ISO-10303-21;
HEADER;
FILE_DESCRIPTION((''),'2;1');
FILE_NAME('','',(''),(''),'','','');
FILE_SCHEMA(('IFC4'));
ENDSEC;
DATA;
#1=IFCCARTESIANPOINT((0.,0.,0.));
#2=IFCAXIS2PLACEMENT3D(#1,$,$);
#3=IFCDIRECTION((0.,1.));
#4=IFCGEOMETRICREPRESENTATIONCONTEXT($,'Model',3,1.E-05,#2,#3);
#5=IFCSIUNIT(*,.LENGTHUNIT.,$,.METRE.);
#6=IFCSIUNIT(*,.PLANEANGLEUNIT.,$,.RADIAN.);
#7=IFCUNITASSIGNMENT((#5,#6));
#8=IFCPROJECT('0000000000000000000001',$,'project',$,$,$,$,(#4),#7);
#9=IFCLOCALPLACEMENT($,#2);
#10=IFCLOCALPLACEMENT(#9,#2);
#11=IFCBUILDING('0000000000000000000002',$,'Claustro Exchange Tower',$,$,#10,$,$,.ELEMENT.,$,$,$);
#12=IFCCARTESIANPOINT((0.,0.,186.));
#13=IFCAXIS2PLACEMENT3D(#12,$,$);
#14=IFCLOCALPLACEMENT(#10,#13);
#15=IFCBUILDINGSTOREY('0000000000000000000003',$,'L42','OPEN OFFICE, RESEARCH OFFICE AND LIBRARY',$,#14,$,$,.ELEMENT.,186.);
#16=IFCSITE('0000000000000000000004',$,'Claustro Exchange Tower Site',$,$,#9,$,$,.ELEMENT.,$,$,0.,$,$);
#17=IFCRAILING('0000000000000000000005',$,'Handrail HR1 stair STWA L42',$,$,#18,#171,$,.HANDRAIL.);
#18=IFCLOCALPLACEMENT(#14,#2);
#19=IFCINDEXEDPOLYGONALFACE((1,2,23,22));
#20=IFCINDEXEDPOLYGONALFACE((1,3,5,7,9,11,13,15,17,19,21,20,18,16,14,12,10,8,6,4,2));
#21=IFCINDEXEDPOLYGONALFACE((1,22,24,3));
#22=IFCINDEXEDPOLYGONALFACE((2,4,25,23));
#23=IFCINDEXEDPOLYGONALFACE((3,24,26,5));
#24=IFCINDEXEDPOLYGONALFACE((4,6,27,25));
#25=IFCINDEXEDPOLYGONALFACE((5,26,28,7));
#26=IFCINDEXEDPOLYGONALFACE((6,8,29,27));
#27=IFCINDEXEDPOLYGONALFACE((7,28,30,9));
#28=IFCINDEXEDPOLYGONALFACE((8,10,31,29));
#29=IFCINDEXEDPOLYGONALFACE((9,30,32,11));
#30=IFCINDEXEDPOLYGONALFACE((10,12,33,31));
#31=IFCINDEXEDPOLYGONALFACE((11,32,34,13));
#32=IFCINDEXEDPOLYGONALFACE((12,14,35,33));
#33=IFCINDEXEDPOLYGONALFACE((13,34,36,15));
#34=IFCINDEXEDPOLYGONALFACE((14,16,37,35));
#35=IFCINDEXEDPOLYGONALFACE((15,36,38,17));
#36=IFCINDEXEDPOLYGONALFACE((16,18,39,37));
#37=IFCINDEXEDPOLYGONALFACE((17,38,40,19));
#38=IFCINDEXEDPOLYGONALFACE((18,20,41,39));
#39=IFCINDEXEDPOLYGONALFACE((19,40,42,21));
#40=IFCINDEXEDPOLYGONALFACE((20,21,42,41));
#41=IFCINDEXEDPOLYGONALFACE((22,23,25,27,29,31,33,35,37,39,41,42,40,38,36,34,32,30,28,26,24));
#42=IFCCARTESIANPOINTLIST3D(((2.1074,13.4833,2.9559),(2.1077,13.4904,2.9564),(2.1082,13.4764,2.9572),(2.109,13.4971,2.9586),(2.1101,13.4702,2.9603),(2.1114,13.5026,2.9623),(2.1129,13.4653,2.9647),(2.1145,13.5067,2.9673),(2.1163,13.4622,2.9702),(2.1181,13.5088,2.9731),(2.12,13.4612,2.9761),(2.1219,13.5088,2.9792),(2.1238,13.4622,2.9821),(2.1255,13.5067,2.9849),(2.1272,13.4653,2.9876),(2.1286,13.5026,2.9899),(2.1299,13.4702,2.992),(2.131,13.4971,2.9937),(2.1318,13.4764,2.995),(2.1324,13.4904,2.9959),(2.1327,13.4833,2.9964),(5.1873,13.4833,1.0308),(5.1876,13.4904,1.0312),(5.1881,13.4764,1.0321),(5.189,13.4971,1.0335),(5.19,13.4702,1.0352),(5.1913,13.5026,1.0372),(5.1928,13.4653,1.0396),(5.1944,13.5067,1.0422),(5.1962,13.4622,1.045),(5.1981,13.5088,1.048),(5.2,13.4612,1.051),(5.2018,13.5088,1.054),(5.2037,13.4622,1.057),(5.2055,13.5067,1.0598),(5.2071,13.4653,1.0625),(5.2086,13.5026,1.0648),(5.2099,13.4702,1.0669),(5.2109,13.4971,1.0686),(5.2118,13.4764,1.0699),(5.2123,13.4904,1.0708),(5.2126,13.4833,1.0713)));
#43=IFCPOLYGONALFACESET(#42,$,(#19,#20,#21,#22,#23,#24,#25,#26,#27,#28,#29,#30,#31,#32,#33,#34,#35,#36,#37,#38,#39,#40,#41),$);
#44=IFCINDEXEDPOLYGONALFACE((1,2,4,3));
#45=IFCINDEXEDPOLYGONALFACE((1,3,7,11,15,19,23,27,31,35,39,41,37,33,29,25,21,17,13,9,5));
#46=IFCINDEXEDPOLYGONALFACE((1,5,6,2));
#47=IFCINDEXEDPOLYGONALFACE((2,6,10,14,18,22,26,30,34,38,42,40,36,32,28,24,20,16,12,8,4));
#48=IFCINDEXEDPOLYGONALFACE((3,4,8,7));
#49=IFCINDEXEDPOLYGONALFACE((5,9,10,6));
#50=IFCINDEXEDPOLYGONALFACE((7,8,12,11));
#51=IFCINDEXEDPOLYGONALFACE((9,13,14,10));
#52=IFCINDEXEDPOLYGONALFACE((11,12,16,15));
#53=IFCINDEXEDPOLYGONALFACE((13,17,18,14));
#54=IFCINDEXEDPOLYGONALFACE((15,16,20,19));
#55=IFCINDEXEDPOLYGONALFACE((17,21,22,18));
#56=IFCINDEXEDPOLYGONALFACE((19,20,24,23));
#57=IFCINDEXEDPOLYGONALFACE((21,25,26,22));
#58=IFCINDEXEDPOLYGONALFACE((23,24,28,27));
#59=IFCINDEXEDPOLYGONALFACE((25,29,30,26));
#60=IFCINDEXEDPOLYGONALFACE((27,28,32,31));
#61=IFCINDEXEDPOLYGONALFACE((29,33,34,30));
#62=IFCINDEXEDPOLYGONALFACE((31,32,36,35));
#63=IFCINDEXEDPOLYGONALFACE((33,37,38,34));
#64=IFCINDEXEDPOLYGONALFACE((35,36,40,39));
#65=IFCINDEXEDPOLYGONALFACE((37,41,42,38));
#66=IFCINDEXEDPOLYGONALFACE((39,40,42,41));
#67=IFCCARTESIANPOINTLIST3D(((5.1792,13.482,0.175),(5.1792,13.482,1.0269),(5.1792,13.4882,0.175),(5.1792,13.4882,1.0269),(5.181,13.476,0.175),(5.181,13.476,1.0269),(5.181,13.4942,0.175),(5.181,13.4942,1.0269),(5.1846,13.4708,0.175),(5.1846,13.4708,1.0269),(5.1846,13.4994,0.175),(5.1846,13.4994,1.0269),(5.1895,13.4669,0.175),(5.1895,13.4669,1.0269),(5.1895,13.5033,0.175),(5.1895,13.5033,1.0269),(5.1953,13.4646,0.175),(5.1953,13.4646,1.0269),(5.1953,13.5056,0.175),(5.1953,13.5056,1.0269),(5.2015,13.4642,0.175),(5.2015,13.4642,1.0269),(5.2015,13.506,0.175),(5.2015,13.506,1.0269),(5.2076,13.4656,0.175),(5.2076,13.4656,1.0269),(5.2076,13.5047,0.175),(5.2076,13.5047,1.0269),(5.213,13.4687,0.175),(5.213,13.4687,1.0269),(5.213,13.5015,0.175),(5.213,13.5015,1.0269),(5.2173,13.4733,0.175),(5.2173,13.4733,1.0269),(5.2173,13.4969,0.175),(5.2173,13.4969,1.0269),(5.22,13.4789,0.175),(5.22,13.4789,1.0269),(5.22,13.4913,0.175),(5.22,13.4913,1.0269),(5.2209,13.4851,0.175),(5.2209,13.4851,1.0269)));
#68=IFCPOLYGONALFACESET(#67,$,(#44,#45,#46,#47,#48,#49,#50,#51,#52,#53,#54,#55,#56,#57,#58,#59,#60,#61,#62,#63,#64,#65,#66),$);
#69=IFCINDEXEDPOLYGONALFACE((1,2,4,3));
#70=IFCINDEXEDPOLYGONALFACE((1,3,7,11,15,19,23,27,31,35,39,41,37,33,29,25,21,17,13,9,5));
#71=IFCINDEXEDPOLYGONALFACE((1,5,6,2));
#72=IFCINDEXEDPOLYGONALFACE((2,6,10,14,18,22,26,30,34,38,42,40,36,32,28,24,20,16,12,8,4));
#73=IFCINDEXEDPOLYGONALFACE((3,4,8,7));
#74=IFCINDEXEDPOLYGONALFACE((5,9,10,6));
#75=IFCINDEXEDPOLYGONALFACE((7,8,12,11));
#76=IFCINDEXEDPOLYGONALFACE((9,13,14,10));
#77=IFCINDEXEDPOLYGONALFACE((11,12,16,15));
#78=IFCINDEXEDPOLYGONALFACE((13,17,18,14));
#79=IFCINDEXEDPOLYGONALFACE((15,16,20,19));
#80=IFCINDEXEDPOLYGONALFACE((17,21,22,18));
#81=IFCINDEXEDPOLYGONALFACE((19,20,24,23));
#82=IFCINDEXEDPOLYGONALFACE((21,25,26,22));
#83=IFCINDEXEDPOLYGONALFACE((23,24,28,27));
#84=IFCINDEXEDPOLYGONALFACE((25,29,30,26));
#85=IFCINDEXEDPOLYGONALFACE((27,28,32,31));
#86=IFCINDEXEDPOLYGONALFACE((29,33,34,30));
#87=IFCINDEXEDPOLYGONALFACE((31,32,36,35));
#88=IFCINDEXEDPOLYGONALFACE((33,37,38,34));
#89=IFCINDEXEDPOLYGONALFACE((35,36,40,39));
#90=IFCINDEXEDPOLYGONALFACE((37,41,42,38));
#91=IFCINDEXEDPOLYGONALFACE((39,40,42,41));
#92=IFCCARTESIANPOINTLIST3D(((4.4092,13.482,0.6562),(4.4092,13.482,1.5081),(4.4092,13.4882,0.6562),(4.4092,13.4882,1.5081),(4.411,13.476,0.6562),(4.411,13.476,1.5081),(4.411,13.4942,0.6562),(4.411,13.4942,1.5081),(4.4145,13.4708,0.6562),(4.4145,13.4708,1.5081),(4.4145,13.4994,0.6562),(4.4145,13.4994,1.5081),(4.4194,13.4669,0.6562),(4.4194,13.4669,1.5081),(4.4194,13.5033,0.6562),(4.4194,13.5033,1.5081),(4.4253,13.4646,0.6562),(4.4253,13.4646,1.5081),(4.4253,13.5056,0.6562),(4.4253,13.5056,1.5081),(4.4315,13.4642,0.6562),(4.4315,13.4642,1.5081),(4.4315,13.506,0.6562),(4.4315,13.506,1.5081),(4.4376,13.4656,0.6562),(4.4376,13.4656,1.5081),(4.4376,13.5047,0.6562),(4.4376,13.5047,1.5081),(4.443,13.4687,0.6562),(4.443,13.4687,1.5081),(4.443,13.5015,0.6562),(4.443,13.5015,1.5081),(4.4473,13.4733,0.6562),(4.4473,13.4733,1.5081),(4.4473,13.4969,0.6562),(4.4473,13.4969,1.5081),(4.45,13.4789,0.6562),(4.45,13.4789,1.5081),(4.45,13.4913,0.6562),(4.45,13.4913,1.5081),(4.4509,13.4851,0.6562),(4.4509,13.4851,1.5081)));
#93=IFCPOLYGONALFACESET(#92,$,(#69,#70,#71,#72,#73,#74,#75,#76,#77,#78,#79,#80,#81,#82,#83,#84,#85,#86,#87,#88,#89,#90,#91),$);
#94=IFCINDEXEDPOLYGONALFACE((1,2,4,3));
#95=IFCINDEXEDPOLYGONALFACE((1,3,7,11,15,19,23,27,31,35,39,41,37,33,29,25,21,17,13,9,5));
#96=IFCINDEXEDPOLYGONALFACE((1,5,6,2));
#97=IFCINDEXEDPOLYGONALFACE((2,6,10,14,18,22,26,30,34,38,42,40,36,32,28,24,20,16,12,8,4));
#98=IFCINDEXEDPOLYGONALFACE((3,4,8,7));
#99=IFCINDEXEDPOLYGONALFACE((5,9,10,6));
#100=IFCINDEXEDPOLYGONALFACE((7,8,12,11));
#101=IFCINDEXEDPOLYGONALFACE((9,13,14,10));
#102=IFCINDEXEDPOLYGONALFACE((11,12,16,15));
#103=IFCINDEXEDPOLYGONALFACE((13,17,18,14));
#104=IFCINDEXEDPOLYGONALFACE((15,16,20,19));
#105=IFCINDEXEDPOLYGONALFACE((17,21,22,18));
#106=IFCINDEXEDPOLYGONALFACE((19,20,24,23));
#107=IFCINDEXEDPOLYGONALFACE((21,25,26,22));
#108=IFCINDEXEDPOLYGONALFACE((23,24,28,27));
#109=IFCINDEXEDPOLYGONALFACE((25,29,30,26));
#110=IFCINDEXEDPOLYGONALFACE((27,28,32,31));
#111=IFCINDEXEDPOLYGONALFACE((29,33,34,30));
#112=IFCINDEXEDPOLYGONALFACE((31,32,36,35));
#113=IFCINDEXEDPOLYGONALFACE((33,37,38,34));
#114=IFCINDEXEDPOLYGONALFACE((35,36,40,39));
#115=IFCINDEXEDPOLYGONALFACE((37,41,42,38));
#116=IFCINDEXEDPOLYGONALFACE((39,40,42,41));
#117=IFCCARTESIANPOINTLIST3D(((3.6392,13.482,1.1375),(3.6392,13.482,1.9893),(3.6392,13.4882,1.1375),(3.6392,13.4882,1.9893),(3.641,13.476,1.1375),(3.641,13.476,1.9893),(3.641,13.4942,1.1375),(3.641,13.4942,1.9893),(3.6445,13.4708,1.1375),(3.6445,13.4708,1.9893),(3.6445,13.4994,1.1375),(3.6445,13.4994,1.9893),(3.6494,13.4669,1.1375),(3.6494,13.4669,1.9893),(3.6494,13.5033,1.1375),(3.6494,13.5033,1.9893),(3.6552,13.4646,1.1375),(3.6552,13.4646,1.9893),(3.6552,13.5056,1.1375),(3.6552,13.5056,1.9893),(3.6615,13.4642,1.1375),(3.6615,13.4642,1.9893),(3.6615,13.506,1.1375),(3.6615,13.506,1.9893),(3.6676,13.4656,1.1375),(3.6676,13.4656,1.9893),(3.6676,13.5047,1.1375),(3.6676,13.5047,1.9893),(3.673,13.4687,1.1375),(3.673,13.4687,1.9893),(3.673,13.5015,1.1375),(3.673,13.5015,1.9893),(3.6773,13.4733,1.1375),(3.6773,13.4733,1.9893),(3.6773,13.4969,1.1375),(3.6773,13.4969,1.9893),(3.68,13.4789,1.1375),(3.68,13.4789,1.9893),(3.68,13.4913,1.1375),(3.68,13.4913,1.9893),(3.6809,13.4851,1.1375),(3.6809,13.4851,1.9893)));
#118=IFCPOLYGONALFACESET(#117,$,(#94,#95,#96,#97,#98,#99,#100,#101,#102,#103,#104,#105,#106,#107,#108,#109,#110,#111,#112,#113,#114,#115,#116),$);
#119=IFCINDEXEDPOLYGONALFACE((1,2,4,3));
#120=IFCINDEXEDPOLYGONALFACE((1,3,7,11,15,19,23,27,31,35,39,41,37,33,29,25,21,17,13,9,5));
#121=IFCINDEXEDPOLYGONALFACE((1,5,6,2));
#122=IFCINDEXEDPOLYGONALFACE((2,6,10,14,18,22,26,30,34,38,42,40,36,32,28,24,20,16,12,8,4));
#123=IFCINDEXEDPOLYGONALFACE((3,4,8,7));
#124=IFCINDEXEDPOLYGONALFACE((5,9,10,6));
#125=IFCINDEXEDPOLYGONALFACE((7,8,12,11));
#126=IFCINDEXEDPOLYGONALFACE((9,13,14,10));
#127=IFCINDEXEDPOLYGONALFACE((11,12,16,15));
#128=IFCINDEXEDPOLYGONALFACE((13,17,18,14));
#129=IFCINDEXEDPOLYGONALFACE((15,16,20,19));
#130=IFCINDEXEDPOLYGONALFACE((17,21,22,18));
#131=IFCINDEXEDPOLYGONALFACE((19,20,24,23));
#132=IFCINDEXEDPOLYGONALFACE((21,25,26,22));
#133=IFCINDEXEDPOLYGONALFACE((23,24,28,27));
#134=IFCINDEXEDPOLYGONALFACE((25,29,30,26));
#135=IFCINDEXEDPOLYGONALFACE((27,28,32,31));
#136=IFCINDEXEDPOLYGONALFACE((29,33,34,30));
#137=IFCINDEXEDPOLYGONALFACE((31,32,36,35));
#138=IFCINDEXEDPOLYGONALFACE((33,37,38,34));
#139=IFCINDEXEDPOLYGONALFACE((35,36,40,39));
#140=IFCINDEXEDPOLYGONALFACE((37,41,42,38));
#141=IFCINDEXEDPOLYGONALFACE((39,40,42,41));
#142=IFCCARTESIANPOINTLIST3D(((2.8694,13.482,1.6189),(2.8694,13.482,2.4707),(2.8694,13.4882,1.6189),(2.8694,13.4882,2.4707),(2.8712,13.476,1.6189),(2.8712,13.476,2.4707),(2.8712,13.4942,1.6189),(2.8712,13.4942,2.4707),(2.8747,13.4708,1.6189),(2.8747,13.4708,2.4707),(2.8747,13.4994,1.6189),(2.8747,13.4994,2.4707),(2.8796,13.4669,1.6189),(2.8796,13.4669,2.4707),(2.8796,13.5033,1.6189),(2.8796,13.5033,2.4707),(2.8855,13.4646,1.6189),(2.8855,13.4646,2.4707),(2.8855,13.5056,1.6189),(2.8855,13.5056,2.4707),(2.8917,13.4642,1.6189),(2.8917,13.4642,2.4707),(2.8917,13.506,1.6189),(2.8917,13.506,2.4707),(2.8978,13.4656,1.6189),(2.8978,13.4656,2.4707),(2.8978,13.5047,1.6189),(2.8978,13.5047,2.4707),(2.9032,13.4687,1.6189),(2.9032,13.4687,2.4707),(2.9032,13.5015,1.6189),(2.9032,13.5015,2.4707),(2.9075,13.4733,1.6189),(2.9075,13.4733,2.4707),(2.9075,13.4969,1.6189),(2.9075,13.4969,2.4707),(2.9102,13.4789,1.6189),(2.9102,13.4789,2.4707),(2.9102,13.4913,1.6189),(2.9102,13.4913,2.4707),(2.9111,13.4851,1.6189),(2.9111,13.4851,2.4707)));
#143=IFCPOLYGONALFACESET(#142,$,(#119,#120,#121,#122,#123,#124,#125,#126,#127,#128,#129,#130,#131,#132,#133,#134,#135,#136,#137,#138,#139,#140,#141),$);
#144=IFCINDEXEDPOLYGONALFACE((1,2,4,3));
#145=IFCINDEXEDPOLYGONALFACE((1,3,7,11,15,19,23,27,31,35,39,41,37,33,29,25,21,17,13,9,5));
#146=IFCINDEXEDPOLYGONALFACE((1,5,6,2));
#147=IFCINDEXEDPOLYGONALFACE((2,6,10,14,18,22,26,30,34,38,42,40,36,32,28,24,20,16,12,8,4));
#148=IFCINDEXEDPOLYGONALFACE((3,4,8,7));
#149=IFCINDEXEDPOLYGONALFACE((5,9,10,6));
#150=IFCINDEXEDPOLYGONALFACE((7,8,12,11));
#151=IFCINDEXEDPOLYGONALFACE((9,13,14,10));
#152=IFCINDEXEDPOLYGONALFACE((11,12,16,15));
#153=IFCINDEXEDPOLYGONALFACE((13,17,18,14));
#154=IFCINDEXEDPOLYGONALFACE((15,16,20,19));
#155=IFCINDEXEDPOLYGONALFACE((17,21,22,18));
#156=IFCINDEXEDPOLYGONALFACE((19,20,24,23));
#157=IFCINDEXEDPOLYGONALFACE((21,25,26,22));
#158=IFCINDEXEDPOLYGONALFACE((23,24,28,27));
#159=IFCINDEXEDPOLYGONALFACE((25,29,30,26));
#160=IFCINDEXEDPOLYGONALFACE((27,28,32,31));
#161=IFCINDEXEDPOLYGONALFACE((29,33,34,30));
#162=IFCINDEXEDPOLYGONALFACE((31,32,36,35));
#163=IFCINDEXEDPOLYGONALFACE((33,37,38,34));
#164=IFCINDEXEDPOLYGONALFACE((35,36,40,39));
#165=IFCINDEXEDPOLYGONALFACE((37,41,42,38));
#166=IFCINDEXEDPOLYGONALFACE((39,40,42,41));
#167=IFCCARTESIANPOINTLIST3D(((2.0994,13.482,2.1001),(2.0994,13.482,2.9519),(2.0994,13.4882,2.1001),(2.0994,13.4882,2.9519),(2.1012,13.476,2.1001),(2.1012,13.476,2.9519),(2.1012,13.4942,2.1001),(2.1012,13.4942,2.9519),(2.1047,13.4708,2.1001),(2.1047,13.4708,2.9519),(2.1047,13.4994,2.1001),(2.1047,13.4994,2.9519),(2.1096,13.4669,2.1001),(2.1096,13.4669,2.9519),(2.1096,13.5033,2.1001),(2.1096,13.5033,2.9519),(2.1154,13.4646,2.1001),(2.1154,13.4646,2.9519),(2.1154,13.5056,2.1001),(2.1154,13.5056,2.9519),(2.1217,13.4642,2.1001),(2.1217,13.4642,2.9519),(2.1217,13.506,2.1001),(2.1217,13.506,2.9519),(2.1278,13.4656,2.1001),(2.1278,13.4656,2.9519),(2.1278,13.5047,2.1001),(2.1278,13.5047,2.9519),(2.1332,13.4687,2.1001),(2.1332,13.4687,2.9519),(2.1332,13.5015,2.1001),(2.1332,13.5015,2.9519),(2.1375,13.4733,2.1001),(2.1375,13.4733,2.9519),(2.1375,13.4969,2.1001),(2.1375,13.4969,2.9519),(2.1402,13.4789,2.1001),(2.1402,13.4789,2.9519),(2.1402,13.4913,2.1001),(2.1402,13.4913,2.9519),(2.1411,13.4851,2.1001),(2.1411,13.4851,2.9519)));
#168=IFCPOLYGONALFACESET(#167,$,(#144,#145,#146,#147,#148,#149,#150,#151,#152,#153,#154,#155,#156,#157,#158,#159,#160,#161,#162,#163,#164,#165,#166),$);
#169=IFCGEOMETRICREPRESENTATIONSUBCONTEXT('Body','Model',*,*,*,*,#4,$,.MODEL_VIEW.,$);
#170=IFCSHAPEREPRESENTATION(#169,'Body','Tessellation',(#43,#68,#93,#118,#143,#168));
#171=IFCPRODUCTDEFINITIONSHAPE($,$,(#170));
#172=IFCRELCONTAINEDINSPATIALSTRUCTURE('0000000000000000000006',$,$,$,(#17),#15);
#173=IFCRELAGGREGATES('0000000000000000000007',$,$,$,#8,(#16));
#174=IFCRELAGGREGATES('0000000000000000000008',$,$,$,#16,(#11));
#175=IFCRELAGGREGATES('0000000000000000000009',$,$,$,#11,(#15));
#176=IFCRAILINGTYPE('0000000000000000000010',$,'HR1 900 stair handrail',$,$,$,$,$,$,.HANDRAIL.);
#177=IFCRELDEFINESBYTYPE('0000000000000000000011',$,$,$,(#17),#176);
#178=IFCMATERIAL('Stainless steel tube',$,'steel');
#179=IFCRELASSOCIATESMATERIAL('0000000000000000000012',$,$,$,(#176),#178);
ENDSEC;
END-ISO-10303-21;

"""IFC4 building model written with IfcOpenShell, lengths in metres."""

from ifc_helpers import new_model, si_unit, direction, frame, origin, origin_2d, place, context, subcontext, project, spatial, circle, extrude, material, type_object, element, save


model = new_model("IFC4")

# Units and contexts
model_context = context("Model", 3, precision=1e-05, world=origin(), true_north=direction((0.0, 1.0)))
body_context = subcontext(model_context, "Body", "Model", "MODEL_VIEW")
ifc_project = project(units=[si_unit("LENGTHUNIT", "METRE"), si_unit("PLANEANGLEUNIT", "RADIAN")], contexts=[model_context])

# Site, building, storey
site_placement = place(None, origin())
site = spatial("IfcSite", under=ifc_project, at=site_placement, Name="Claustro Exchange Tower Site", CompositionType="ELEMENT", RefElevation=0.0)
building_placement = place(site_placement, origin())
building = spatial("IfcBuilding", under=site, at=building_placement, Name="Claustro Exchange Tower", CompositionType="ELEMENT")
storey_placement = place(building_placement, frame((0.0, 0.0, 186.0)))
storey = spatial("IfcBuildingStorey", under=building, at=storey_placement, Name="L42", Description="OPEN OFFICE, RESEARCH OFFICE AND LIBRARY", CompositionType="ELEMENT", Elevation=186.0)

# Railing
ifc_material_1 = material(Name="Stainless steel tube", Category="steel")
railing_type_1 = type_object("IfcRailingType", Name="HR1 900 stair handrail", PredefinedType="HANDRAIL", material=ifc_material_1)
railing_1_placement = place(storey_placement, frame((5.2, 13.4851, 0.175)))
element("IfcRailing", 1, at=railing_1_placement, inside=storey, type_object=railing_type_1, Name="Handrail HR1 stair STWA L42", PredefinedType="HANDRAIL", context=body_context, shape_type="SweptSolid", body=[
    extrude(circle(Radius=0.0239, at=origin_2d()), frame((0.0, 0.0, 0.876), z_axis=(-0.847979, 0.0, 0.530029), x_axis=(0.0, -1.0, 0.0)), (0.0, 0.0, 1.0), 3.6321),
    extrude(circle(Radius=0.021, at=origin_2d()), origin(), (0.0, 0.0, 1.0), 0.8518),
    extrude(circle(Radius=0.021, at=origin_2d()), frame((-0.77, 0.0, 0.4812)), (0.0, 0.0, 1.0), 0.8518),
    extrude(circle(Radius=0.021, at=origin_2d()), frame((-1.54, 0.0, 0.9624)), (0.0, 0.0, 1.0), 0.8518),
    extrude(circle(Radius=0.021, at=origin_2d()), frame((-2.3098, 0.0, 1.4438)), (0.0, 0.0, 1.0), 0.8518),
    extrude(circle(Radius=0.021, at=origin_2d()), frame((-3.0798, 0.0, 1.925)), (0.0, 0.0, 1.0), 0.8518),
])

save(model, "model.ifc")
